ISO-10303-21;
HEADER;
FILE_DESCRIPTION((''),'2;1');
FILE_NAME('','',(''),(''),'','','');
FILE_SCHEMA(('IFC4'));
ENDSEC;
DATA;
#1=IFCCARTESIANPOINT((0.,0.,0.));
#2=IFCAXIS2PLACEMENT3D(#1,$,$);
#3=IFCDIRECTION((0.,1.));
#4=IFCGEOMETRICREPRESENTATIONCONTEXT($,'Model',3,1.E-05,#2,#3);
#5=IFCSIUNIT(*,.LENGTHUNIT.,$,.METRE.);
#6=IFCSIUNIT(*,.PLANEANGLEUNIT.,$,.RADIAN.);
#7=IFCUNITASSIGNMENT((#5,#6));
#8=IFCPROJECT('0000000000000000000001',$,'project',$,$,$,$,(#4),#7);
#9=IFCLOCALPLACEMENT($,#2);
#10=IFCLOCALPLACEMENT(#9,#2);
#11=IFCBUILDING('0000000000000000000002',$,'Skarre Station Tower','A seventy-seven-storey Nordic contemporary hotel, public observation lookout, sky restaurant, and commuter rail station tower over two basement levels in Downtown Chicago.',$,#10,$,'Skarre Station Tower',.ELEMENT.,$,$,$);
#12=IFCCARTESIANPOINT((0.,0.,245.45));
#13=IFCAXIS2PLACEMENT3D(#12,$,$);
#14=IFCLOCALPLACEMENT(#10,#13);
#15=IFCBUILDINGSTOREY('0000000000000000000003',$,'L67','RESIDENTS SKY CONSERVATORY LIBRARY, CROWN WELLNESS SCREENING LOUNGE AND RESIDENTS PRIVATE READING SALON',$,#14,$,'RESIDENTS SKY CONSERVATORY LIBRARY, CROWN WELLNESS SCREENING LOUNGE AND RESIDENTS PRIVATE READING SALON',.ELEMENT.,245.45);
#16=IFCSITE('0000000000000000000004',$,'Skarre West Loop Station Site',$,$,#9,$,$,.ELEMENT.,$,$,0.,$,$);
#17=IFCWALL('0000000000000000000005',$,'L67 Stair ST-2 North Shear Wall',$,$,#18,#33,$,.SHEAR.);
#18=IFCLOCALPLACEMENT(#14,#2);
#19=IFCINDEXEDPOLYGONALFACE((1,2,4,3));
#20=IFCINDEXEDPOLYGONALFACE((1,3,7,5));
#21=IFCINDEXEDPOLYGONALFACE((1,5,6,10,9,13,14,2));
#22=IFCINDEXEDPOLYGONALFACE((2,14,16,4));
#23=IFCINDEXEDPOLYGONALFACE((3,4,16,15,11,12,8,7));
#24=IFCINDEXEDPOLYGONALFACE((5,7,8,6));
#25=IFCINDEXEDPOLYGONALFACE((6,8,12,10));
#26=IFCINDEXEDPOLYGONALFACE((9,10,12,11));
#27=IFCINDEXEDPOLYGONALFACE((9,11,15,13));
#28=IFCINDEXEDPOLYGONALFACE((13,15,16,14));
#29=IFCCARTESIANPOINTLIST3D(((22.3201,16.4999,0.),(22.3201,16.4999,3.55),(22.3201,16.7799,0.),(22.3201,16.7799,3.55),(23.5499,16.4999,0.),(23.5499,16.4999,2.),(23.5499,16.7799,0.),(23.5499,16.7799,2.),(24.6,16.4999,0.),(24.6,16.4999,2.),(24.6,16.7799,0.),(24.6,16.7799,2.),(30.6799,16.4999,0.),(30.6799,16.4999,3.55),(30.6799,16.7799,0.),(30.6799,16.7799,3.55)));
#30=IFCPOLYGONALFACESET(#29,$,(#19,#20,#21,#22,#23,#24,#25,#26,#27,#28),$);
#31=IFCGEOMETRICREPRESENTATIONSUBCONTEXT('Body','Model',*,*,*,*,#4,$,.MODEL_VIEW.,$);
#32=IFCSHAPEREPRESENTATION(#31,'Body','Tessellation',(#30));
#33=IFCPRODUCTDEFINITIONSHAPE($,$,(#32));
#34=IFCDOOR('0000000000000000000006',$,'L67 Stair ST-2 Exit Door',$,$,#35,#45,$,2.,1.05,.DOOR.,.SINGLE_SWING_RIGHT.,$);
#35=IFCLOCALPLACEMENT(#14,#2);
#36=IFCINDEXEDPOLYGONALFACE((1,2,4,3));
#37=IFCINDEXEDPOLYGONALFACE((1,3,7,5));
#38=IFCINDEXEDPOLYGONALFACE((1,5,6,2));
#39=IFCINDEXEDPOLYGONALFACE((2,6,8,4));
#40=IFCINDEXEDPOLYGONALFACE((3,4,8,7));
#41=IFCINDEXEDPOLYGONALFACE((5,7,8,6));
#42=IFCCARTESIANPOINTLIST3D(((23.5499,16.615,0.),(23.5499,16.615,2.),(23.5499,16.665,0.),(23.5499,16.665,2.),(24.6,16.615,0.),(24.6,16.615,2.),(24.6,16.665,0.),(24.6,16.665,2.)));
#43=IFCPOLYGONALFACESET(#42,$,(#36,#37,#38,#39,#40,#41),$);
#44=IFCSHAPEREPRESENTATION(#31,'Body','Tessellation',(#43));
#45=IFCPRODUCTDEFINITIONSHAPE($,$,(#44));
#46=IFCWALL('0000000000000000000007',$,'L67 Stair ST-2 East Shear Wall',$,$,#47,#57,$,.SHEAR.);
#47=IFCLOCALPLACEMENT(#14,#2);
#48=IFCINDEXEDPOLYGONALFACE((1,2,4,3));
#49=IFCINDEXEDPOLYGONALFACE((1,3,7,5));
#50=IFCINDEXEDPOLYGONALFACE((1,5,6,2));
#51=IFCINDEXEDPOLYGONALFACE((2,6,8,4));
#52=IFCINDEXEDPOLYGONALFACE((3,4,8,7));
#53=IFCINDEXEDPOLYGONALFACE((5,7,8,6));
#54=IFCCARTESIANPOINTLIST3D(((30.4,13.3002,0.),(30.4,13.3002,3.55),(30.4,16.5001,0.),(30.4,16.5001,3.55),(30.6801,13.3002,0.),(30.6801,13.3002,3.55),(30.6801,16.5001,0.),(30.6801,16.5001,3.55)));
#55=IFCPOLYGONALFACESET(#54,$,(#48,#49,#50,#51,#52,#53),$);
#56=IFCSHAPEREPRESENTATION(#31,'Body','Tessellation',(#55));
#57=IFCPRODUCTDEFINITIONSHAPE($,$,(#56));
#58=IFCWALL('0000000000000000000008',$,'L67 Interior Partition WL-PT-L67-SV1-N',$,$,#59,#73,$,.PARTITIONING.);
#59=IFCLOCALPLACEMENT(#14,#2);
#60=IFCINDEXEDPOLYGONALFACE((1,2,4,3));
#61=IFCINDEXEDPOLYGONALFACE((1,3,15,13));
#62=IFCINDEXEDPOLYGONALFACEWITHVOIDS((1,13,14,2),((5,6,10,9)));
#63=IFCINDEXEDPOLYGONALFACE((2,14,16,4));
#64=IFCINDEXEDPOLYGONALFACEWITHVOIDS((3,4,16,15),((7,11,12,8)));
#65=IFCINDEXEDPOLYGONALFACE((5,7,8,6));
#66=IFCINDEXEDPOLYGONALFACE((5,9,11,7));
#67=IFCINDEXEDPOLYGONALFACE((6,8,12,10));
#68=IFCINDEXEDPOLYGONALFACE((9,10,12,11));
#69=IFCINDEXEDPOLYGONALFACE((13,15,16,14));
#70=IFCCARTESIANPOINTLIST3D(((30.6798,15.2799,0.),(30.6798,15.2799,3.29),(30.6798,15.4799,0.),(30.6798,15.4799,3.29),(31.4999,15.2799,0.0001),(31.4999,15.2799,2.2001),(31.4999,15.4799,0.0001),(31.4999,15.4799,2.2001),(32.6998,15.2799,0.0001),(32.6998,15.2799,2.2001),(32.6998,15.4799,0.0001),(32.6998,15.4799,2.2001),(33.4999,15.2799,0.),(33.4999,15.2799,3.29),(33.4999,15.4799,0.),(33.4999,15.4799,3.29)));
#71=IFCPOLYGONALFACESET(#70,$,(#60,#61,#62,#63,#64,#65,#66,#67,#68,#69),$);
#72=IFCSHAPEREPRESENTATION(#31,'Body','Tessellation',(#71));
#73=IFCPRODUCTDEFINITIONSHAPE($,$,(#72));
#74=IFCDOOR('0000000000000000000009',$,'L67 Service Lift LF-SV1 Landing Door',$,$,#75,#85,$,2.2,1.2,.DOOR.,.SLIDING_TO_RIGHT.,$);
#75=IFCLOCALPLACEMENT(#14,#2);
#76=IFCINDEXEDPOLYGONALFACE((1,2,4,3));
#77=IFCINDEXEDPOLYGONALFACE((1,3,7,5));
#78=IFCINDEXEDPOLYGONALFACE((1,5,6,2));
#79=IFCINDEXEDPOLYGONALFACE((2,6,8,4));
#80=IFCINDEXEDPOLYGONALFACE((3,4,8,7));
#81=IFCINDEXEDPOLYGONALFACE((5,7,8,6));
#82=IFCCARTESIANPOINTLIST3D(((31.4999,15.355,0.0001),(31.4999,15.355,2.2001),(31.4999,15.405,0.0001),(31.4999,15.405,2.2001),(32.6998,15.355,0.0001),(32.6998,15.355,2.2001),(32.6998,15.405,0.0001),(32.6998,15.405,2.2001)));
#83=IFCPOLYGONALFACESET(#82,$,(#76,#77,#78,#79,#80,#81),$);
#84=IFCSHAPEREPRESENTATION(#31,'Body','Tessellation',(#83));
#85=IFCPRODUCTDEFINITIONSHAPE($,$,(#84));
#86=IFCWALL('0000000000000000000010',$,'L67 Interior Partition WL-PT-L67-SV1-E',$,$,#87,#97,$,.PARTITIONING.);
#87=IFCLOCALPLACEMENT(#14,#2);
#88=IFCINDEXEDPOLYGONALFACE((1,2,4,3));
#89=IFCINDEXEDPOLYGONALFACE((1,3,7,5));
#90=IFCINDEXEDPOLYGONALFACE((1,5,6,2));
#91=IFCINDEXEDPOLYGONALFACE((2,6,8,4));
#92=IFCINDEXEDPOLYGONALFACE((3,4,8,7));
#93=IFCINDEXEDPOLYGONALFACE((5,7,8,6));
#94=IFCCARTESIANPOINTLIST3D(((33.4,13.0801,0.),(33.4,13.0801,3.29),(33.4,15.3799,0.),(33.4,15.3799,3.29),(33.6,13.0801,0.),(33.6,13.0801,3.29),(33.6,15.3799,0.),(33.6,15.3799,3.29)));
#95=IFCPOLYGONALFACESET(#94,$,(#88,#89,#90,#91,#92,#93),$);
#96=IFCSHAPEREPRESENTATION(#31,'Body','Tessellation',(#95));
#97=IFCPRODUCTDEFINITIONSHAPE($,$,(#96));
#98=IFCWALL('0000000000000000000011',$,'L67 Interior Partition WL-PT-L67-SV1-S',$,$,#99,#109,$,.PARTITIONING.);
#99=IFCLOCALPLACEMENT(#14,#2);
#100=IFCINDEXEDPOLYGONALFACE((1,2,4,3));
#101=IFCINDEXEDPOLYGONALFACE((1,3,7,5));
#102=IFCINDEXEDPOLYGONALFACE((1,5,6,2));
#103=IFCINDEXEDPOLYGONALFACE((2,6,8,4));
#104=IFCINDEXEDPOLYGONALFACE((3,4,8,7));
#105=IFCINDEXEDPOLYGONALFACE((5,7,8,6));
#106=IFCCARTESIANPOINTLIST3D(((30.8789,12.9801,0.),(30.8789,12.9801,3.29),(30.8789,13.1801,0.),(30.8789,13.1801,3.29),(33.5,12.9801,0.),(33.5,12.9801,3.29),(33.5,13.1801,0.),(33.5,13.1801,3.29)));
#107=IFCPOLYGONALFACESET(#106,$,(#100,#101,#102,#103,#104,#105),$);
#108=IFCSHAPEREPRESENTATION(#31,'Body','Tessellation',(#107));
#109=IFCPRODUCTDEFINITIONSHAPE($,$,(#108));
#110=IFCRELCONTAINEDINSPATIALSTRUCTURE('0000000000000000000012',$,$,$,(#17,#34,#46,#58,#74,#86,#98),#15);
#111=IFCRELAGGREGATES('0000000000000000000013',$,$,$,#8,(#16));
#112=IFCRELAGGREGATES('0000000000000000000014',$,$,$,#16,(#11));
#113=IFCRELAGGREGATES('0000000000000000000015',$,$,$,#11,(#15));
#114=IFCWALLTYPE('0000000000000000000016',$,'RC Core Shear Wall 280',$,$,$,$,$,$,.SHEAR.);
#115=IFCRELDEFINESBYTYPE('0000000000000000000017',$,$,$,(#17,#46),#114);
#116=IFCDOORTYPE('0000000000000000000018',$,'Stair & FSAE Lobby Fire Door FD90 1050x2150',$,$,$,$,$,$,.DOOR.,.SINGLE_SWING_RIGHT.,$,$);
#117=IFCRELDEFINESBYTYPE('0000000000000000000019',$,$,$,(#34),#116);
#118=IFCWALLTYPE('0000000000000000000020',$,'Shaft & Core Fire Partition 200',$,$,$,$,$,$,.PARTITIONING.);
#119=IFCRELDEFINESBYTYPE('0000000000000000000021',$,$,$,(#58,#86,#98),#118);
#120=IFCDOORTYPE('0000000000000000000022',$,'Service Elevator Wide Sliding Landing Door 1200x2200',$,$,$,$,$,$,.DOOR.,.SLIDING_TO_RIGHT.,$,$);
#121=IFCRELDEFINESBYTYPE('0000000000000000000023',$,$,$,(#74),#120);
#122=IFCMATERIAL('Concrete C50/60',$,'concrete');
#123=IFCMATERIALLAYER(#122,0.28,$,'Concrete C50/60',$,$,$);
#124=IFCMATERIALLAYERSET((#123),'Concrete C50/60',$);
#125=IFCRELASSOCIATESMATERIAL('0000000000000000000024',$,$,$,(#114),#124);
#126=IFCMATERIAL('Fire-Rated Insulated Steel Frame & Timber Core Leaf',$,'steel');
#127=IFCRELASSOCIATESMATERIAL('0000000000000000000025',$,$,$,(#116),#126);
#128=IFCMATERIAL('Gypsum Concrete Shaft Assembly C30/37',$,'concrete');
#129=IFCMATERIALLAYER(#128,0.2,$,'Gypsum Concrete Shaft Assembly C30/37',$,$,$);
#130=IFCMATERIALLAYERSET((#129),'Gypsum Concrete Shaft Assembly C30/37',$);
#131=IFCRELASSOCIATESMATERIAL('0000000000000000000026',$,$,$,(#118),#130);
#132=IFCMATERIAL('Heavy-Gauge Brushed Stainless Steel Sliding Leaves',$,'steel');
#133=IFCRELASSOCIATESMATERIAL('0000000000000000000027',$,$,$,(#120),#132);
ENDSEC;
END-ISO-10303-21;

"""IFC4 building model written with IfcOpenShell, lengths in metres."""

from ifc_helpers import new_model, si_unit, direction, frame, frame_2d, origin, place, context, subcontext, project, spatial, rectangle, extrude, material, layer, layer_set, type_object, element, fill, save


model = new_model("IFC4")

# Units and contexts
model_context = context("Model", 3, precision=1e-05, world=origin(), true_north=direction((0.0, 1.0)))
body_context = subcontext(model_context, "Body", "Model", "MODEL_VIEW")
ifc_project = project(units=[si_unit("LENGTHUNIT", "METRE"), si_unit("PLANEANGLEUNIT", "RADIAN")], contexts=[model_context])

# Site, building, storey
site_placement = place(None, origin())
site = spatial("IfcSite", under=ifc_project, at=site_placement, Name="Skarre West Loop Station Site", CompositionType="ELEMENT", RefElevation=0.0)
building_placement = place(site_placement, origin())
building = spatial("IfcBuilding", under=site, at=building_placement, Name="Skarre Station Tower", Description="A seventy-seven-storey Nordic contemporary hotel, public observation lookout, sky restaurant, and commuter rail station tower over two basement levels in Downtown Chicago.", LongName="Skarre Station Tower", CompositionType="ELEMENT")
storey_placement = place(building_placement, frame((0.0, 0.0, 245.45)))
storey = spatial("IfcBuildingStorey", under=building, at=storey_placement, Name="L67", Description="RESIDENTS SKY CONSERVATORY LIBRARY, CROWN WELLNESS SCREENING LOUNGE AND RESIDENTS PRIVATE READING SALON", LongName="RESIDENTS SKY CONSERVATORY LIBRARY, CROWN WELLNESS SCREENING LOUNGE AND RESIDENTS PRIVATE READING SALON", CompositionType="ELEMENT", Elevation=245.45)

# Wall, opening, door
ifc_material_1 = material(Name="Concrete C50/60", Category="concrete")
ifc_layer_1 = layer(ifc_material_1, 0.28, Name="Concrete C50/60")
ifc_layer_set_1 = layer_set([ifc_layer_1], Name="Concrete C50/60")
wall_type_1 = type_object("IfcWallType", Name="RC Core Shear Wall 280", PredefinedType="SHEAR", material=ifc_layer_set_1)
wall_1_placement = place(storey_placement, frame((30.6799, 16.6399, 0.0), z_axis=(0.0, 0.0, 1.0), x_axis=(-1.0, 0.0, 0.0)))
wall_1 = element("IfcWall", 1, at=wall_1_placement, inside=storey, type_object=wall_type_1, Name="L67 Stair ST-2 North Shear Wall", PredefinedType="SHEAR", context=body_context, shape_type="SweptSolid", body=[
    extrude(rectangle(XDim=8.3599, YDim=0.28, at=frame_2d((4.1799, 0.0))), origin(), (0.0, 0.0, 1.0), 3.55),
])
opening_1_placement = place(wall_1_placement, frame((6.0801, 0.0, 0.0)))
opening_1 = element("IfcOpeningElement", 2, at=opening_1_placement, cuts=wall_1, PredefinedType="OPENING", context=body_context, shape_type="SweptSolid", body=[
    extrude(rectangle(XDim=1.05, YDim=2.0, at=frame_2d((0.5249, 1.0))), frame((0.0, 0.1499, 0.0), z_axis=(0.0, -1.0, 0.0), x_axis=(1.0, 0.0, 0.0)), (0.0, 0.0, 1.0), 0.3),
])
ifc_material_2 = material(Name="Fire-Rated Insulated Steel Frame & Timber Core Leaf", Category="steel")
door_type_1 = type_object("IfcDoorType", Name="Stair & FSAE Lobby Fire Door FD90 1050x2150", OperationType="SINGLE_SWING_RIGHT", PredefinedType="DOOR", material=ifc_material_2)
door_1_placement = place(opening_1_placement, origin())
door_1 = element("IfcDoor", 3, at=door_1_placement, inside=storey, type_object=door_type_1, Name="L67 Stair ST-2 Exit Door", OperationType="SINGLE_SWING_RIGHT", OverallHeight=2.0, OverallWidth=1.05, PredefinedType="DOOR", context=body_context, shape_type="SweptSolid", body=[
    extrude(rectangle(XDim=1.05, YDim=2.0, at=frame_2d((0.5249, 1.0))), frame((0.0, 0.0249, 0.0), z_axis=(0.0, -1.0, 0.0), x_axis=(1.0, 0.0, 0.0)), (0.0, 0.0, 1.0), 0.05),
])
fill(opening_1, door_1)

# Wall
wall_2_placement = place(storey_placement, frame((30.54, 13.3, 0.0), z_axis=(0.0, 0.0, 1.0), x_axis=(0.0, 1.0, 0.0)))
element("IfcWall", 4, at=wall_2_placement, inside=storey, type_object=wall_type_1, Name="L67 Stair ST-2 East Shear Wall", PredefinedType="SHEAR", context=body_context, shape_type="SweptSolid", body=[
    extrude(rectangle(XDim=3.2, YDim=0.28, at=frame_2d((1.6001, 0.0))), origin(), (0.0, 0.0, 1.0), 3.55),
])

# Wall, opening, door
ifc_material_3 = material(Name="Gypsum Concrete Shaft Assembly C30/37", Category="concrete")
ifc_layer_2 = layer(ifc_material_3, 0.2, Name="Gypsum Concrete Shaft Assembly C30/37")
ifc_layer_set_2 = layer_set([ifc_layer_2], Name="Gypsum Concrete Shaft Assembly C30/37")
wall_type_2 = type_object("IfcWallType", Name="Shaft & Core Fire Partition 200", PredefinedType="PARTITIONING", material=ifc_layer_set_2)
wall_3_placement = place(storey_placement, frame((33.5, 15.3799, 0.0), z_axis=(0.0, 0.0, 1.0), x_axis=(-1.0, 0.0, 0.0)))
wall_3 = element("IfcWall", 5, at=wall_3_placement, inside=storey, type_object=wall_type_2, Name="L67 Interior Partition WL-PT-L67-SV1-N", PredefinedType="PARTITIONING", context=body_context, shape_type="SweptSolid", body=[
    extrude(rectangle(XDim=2.8201, YDim=0.2, at=frame_2d((1.4102, 0.0))), origin(), (0.0, 0.0, 1.0), 3.29),
])
opening_2_placement = place(wall_3_placement, frame((0.8, 0.0, 0.0)))
opening_2 = element("IfcOpeningElement", 6, at=opening_2_placement, cuts=wall_3, PredefinedType="OPENING", context=body_context, shape_type="SweptSolid", body=[
    extrude(rectangle(XDim=1.2, YDim=2.2, at=frame_2d((0.6001, 1.1001))), frame((0.0, 0.1099, 0.0), z_axis=(0.0, -1.0, 0.0), x_axis=(1.0, 0.0, 0.0)), (0.0, 0.0, 1.0), 0.22),
])
ifc_material_4 = material(Name="Heavy-Gauge Brushed Stainless Steel Sliding Leaves", Category="steel")
door_type_2 = type_object("IfcDoorType", Name="Service Elevator Wide Sliding Landing Door 1200x2200", OperationType="SLIDING_TO_RIGHT", PredefinedType="DOOR", material=ifc_material_4)
door_2_placement = place(opening_2_placement, origin())
door_2 = element("IfcDoor", 7, at=door_2_placement, inside=storey, type_object=door_type_2, Name="L67 Service Lift LF-SV1 Landing Door", OperationType="SLIDING_TO_RIGHT", OverallHeight=2.2, OverallWidth=1.2, PredefinedType="DOOR", context=body_context, shape_type="SweptSolid", body=[
    extrude(rectangle(XDim=1.2, YDim=2.2, at=frame_2d((0.6001, 1.1001))), frame((0.0, 0.0249, 0.0), z_axis=(0.0, -1.0, 0.0), x_axis=(1.0, 0.0, 0.0)), (0.0, 0.0, 1.0), 0.05),
])
fill(opening_2, door_2)

# Walls
wall_4_placement = place(storey_placement, frame((33.5, 13.0801, 0.0), z_axis=(0.0, 0.0, 1.0), x_axis=(0.0, 1.0, 0.0)))
element("IfcWall", 8, at=wall_4_placement, inside=storey, type_object=wall_type_2, Name="L67 Interior Partition WL-PT-L67-SV1-E", PredefinedType="PARTITIONING", context=body_context, shape_type="SweptSolid", body=[
    extrude(rectangle(XDim=2.2998, YDim=0.2, at=frame_2d((1.1499, 0.0))), origin(), (0.0, 0.0, 1.0), 3.29),
])
wall_5_placement = place(storey_placement, frame((30.8789, 13.0801, 0.0), z_axis=(0.0, 0.0, 1.0), x_axis=(1.0, 0.0, 0.0)))
element("IfcWall", 9, at=wall_5_placement, inside=storey, type_object=wall_type_2, Name="L67 Interior Partition WL-PT-L67-SV1-S", PredefinedType="PARTITIONING", context=body_context, shape_type="SweptSolid", body=[
    extrude(rectangle(XDim=2.6211, YDim=0.2, at=frame_2d((1.3105, 0.0))), origin(), (0.0, 0.0, 1.0), 3.29),
])

save(model, "model.ifc")
